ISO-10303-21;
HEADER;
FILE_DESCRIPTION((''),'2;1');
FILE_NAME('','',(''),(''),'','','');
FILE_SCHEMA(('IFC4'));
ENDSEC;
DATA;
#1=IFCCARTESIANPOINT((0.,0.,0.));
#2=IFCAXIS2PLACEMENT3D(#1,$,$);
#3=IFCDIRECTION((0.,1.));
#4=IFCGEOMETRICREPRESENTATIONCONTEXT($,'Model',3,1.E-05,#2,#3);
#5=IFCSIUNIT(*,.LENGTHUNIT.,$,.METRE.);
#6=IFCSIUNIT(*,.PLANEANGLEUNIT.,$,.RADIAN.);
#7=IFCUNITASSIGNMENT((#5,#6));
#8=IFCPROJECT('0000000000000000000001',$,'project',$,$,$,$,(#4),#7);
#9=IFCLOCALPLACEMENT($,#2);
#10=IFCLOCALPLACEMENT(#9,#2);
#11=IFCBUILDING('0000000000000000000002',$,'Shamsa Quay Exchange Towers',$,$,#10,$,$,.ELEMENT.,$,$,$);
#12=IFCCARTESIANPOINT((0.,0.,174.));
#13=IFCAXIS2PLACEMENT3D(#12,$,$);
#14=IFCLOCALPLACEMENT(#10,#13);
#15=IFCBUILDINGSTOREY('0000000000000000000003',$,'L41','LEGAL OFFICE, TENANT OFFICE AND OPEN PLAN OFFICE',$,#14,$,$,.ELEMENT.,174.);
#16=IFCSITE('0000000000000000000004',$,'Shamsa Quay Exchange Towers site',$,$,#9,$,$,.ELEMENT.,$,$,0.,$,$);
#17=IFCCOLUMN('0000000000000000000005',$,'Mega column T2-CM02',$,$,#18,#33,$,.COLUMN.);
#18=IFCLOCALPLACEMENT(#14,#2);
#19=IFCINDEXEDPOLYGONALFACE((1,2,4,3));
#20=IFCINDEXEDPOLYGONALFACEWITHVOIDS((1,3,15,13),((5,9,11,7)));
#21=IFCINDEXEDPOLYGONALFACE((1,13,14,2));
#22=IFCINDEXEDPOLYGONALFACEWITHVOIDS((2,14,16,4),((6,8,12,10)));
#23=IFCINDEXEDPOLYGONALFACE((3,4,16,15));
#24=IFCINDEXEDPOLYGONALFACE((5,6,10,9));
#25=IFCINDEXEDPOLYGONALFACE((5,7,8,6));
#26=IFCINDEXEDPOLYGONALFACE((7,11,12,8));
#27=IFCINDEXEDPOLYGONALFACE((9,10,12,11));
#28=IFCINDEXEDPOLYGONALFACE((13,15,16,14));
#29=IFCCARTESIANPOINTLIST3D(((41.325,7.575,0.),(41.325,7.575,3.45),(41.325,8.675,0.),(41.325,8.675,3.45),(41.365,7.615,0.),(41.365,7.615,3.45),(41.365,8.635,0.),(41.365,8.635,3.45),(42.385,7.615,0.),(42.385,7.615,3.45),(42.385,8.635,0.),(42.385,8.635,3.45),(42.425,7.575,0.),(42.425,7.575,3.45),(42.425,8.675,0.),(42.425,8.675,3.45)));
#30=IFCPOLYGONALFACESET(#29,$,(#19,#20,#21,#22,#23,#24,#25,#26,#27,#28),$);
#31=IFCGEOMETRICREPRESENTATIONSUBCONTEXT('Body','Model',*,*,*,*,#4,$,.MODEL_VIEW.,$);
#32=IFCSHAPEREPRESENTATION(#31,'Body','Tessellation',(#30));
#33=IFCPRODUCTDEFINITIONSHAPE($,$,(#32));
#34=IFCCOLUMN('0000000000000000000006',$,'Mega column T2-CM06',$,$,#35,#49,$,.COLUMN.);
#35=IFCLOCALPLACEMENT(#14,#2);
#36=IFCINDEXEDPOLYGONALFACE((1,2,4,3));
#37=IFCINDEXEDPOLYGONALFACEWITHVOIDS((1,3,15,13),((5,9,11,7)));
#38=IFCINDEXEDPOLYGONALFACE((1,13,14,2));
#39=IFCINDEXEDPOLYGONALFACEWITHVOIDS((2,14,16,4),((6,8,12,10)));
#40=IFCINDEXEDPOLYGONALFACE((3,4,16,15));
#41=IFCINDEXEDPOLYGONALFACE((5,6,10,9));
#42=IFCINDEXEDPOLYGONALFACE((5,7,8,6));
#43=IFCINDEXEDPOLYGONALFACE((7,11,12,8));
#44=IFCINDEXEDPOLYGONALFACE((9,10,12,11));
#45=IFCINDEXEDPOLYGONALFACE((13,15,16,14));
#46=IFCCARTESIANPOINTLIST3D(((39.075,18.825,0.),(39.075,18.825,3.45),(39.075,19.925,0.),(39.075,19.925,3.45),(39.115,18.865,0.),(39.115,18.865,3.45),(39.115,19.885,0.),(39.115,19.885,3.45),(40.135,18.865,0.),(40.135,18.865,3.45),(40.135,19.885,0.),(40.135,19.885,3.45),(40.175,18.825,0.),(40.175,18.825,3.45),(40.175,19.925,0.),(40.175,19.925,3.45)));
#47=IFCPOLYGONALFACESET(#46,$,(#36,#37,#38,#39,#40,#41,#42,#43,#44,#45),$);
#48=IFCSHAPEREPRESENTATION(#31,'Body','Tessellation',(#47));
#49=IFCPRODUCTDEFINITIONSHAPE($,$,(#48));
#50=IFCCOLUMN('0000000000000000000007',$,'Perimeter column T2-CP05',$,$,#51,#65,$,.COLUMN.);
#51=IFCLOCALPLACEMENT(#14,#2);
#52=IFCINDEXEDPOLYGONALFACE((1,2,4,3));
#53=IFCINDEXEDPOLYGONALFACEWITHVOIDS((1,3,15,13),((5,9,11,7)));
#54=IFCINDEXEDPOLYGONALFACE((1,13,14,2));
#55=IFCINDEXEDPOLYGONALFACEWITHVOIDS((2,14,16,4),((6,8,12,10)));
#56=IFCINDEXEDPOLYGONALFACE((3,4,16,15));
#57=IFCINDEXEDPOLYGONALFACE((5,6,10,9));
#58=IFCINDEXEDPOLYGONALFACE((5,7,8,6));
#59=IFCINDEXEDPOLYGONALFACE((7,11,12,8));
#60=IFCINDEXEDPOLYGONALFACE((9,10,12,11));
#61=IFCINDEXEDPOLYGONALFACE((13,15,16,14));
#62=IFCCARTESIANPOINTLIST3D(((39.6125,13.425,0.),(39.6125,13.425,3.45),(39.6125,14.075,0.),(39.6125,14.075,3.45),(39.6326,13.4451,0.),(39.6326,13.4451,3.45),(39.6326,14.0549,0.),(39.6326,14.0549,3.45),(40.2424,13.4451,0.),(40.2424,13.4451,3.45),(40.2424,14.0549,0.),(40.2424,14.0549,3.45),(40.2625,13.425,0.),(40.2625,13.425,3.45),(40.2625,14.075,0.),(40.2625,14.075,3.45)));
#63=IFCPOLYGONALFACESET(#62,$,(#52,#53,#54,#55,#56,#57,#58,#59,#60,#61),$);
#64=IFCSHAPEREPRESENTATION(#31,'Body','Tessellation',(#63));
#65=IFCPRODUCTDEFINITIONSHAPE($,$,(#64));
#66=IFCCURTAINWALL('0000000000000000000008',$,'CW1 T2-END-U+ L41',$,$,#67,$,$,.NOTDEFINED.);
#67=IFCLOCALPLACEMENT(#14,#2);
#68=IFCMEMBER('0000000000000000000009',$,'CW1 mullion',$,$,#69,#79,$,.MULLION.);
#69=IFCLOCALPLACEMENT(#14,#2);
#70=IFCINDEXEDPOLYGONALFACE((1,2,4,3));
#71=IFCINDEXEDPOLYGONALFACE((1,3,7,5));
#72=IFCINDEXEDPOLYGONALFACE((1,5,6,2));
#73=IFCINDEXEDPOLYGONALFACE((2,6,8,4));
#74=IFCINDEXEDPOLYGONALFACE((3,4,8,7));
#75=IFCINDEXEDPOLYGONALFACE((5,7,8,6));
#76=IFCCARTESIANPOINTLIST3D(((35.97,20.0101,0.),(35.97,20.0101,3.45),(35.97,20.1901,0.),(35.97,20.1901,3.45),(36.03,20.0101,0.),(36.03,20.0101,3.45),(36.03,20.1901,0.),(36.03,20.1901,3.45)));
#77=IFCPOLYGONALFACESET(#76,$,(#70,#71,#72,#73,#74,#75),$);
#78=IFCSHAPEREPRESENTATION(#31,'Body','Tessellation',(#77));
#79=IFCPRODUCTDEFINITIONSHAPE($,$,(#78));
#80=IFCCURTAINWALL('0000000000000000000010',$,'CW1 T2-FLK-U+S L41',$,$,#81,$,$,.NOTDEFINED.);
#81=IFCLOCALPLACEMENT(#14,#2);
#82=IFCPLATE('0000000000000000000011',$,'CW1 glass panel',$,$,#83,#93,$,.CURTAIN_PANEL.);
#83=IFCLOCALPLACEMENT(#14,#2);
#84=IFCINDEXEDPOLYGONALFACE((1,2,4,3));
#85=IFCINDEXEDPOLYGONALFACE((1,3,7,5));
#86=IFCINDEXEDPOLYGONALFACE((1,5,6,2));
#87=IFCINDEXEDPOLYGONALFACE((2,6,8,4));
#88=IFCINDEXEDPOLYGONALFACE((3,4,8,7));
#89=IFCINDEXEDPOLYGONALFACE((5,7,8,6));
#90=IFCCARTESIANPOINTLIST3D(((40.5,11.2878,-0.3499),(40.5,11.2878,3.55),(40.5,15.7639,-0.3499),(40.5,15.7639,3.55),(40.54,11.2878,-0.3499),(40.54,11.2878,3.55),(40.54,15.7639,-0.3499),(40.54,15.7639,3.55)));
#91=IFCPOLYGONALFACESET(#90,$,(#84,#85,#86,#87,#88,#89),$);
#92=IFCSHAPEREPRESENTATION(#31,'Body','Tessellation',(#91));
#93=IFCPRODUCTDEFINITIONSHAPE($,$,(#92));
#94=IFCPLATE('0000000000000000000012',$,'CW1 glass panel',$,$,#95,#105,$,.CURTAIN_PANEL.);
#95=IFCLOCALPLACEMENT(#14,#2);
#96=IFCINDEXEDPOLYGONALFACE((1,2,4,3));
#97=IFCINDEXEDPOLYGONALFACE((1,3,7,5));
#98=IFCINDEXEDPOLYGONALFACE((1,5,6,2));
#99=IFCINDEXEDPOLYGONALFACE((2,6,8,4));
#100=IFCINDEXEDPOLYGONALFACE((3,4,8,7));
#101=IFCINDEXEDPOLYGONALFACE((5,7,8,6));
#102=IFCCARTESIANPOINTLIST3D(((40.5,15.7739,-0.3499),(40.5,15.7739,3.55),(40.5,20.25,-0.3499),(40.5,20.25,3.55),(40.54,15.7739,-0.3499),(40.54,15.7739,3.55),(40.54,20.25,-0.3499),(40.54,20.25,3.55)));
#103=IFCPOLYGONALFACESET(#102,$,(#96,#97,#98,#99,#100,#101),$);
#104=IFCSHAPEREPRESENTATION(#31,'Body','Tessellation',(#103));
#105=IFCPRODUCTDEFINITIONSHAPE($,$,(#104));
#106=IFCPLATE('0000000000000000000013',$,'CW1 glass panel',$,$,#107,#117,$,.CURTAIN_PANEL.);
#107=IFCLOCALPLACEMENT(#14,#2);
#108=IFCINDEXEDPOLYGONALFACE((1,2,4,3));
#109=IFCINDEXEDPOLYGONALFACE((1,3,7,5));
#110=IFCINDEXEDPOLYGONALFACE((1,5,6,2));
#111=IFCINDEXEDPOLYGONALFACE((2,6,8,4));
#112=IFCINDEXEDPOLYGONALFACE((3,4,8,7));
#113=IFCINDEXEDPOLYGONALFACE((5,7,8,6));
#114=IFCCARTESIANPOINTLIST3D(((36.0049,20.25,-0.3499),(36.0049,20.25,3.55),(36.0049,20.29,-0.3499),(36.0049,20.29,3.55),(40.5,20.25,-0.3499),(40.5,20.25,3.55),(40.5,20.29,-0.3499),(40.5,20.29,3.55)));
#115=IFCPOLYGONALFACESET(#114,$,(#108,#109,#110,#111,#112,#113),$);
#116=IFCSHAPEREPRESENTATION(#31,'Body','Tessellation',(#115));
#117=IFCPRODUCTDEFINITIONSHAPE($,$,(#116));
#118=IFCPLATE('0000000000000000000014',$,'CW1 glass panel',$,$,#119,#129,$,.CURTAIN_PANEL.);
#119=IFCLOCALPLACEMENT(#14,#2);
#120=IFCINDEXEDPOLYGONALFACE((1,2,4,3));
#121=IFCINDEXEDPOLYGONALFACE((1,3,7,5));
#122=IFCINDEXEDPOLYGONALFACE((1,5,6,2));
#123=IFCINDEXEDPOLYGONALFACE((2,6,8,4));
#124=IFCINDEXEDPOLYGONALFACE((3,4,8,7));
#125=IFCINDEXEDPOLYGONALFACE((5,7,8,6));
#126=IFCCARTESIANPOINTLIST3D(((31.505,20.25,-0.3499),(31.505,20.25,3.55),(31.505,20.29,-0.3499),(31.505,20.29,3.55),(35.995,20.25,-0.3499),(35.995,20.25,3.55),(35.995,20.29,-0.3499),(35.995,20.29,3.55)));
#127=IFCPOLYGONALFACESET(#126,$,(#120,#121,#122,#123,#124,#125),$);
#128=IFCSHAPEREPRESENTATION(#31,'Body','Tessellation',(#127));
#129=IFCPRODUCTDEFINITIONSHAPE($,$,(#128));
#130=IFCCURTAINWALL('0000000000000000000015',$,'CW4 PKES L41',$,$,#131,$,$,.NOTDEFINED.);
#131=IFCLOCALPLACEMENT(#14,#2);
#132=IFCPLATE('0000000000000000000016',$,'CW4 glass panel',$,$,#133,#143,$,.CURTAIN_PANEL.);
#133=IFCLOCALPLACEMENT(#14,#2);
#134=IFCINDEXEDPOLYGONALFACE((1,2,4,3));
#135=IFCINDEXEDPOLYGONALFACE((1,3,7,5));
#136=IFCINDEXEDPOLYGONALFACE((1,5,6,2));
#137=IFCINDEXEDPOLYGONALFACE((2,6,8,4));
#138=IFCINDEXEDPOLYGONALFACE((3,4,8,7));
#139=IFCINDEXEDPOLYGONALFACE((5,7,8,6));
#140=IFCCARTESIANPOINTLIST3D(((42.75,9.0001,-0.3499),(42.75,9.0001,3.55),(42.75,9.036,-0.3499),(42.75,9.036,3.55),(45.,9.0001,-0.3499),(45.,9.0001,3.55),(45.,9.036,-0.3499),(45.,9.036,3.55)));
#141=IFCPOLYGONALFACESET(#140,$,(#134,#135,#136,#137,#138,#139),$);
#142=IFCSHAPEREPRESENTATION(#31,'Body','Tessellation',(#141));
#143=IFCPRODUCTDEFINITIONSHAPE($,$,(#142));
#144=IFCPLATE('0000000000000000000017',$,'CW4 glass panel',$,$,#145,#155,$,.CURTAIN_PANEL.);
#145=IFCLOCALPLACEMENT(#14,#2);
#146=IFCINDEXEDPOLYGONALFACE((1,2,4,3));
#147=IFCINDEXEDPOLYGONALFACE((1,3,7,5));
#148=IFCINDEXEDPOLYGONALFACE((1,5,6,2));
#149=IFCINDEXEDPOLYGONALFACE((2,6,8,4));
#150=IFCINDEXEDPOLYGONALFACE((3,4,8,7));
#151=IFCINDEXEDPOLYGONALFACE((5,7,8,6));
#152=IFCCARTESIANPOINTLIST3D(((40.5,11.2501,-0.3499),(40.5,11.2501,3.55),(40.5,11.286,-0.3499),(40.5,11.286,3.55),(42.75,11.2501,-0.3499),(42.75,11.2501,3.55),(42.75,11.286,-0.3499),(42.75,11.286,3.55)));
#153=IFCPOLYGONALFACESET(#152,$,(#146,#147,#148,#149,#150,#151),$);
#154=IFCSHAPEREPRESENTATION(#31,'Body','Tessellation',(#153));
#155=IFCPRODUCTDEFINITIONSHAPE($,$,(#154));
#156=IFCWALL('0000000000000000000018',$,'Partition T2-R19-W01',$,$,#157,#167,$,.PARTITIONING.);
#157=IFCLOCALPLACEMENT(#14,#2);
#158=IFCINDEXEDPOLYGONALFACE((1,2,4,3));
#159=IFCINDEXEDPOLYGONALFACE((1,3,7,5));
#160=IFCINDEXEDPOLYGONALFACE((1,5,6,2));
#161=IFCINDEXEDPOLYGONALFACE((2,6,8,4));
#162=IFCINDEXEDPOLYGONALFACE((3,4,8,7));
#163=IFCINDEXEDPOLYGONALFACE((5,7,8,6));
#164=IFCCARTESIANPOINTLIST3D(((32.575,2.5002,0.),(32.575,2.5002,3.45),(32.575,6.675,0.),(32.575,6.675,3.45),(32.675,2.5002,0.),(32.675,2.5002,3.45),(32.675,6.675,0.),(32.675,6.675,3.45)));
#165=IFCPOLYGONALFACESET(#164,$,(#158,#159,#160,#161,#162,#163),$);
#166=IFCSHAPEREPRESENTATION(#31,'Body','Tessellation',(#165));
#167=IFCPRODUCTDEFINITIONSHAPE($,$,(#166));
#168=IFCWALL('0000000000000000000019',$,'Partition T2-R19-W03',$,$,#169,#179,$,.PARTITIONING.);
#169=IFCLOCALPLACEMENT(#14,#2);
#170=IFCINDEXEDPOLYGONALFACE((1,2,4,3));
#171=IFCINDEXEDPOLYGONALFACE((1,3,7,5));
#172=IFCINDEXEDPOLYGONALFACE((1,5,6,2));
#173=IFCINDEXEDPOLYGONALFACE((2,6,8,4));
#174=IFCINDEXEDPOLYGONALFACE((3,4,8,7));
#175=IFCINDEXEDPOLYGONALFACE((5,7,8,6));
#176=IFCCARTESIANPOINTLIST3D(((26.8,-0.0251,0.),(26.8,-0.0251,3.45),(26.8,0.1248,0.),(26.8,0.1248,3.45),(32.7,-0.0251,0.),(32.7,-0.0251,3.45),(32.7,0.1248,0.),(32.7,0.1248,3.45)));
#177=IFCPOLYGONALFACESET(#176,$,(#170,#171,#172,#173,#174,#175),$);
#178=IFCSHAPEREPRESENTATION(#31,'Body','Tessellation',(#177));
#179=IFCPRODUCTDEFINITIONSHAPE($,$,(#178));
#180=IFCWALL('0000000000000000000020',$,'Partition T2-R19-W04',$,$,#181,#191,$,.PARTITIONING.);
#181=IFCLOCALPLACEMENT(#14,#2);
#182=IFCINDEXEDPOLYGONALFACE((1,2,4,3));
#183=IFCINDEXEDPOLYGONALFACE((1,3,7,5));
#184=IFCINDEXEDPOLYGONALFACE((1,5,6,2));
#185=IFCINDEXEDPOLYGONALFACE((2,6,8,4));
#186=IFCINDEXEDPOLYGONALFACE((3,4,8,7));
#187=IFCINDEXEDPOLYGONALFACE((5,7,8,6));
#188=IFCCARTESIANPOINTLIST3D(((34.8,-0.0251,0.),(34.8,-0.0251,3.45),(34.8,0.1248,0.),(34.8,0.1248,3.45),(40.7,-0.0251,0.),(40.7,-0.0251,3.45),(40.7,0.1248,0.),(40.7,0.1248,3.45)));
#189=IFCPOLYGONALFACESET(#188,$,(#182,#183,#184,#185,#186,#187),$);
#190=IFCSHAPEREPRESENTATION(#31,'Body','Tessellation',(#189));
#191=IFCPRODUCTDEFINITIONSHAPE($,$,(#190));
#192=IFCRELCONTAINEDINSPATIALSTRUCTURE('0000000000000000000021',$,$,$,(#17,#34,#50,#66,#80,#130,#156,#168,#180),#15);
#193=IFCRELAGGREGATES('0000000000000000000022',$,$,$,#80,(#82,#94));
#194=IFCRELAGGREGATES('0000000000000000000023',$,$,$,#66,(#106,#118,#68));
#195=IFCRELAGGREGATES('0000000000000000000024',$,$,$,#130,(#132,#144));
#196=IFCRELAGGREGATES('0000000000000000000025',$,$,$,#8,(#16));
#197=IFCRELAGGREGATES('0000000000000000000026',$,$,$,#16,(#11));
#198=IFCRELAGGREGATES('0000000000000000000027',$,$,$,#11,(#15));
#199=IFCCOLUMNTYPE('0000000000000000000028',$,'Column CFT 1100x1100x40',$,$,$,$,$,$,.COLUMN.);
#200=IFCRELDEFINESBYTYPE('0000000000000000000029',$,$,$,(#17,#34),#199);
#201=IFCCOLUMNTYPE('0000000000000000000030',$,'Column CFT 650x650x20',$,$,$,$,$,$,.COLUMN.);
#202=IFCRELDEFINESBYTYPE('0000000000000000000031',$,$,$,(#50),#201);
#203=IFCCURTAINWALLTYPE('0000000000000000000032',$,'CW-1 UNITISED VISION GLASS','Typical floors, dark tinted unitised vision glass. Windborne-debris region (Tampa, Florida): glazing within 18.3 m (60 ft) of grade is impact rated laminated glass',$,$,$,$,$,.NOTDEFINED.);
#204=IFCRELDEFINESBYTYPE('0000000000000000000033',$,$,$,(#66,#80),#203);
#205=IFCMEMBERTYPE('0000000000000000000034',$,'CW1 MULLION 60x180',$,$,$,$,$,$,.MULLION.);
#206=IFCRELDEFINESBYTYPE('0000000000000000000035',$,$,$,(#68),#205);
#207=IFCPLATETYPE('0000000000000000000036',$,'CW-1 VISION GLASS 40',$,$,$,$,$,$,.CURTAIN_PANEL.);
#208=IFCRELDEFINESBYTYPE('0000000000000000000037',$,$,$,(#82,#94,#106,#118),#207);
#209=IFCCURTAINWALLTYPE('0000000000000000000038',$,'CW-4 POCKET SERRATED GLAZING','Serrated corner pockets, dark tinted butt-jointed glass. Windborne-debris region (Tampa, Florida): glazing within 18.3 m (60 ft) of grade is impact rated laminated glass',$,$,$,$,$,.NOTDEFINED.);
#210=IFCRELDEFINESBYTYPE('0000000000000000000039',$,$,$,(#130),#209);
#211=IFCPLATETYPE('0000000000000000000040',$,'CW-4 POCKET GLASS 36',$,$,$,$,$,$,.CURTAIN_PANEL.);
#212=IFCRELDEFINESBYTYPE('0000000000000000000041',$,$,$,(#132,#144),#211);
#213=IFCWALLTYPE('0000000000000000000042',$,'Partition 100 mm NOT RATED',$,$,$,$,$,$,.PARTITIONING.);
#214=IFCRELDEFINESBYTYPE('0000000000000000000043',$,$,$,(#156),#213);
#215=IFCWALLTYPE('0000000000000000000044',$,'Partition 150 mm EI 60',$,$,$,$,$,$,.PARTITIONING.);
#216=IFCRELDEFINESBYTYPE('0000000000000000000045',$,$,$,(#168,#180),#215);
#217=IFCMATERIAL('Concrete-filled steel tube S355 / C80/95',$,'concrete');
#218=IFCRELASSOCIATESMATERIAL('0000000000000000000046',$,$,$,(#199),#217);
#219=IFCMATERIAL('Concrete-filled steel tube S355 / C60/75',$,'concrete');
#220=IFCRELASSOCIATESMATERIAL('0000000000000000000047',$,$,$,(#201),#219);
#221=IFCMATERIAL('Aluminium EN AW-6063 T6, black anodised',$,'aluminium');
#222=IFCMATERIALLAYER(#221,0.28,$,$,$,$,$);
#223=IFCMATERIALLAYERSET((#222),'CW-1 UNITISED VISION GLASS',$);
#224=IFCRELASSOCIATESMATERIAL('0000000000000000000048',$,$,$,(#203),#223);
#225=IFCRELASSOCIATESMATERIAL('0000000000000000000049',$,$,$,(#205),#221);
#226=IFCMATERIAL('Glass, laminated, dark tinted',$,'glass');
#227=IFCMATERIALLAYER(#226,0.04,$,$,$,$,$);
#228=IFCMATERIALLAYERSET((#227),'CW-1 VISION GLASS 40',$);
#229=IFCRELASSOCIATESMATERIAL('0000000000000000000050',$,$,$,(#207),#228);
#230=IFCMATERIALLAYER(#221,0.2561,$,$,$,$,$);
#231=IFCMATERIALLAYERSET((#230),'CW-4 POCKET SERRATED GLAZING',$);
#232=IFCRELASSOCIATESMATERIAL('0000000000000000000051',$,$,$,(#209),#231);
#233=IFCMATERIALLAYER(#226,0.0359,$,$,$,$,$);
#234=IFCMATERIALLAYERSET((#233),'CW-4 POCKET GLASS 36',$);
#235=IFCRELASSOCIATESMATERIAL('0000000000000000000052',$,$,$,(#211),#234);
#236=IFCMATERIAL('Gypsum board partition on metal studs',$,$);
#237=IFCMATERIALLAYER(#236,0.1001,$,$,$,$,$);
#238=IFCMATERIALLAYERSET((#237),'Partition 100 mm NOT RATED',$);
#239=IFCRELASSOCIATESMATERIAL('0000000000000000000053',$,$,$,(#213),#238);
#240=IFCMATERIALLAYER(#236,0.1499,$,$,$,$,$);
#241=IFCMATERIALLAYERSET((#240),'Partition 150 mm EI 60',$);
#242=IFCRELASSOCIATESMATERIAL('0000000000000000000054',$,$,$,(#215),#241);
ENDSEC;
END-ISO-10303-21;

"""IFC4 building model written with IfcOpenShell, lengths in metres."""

from ifc_helpers import new_model, si_unit, direction, frame, frame_2d, origin, origin_2d, place, context, subcontext, project, spatial, rectangle, hollow_rectangle, extrude, material, layer, layer_set, material_profile, profile_set, type_object, element, aggregate, save


model = new_model("IFC4")

# Units and contexts
model_context = context("Model", 3, precision=1e-05, world=origin(), true_north=direction((0.0, 1.0)))
body_context = subcontext(model_context, "Body", "Model", "MODEL_VIEW")
ifc_project = project(units=[si_unit("LENGTHUNIT", "METRE"), si_unit("PLANEANGLEUNIT", "RADIAN")], contexts=[model_context])

# Site, building, storey
site_placement = place(None, origin())
site = spatial("IfcSite", under=ifc_project, at=site_placement, Name="Shamsa Quay Exchange Towers site", CompositionType="ELEMENT", RefElevation=0.0)
building_placement = place(site_placement, origin())
building = spatial("IfcBuilding", under=site, at=building_placement, Name="Shamsa Quay Exchange Towers", CompositionType="ELEMENT")
storey_placement = place(building_placement, frame((0.0, 0.0, 174.0)))
storey = spatial("IfcBuildingStorey", under=building, at=storey_placement, Name="L41", Description="LEGAL OFFICE, TENANT OFFICE AND OPEN PLAN OFFICE", CompositionType="ELEMENT", Elevation=174.0)

# Columns
ifc_material_1 = material(Name="Concrete-filled steel tube S355 / C80/95", Category="concrete")
ifc_material_profile_1 = material_profile(ifc_material_1, hollow_rectangle(XDim=1.1001, YDim=1.1001, WallThickness=0.04, at=origin_2d()), Name="CFT 1100x1100x40")
ifc_profile_set_1 = profile_set([ifc_material_profile_1], Name="Concrete-filled steel tube S355 / C80/95")
column_type_1 = type_object("IfcColumnType", Name="Column CFT 1100x1100x40", PredefinedType="COLUMN", material=ifc_profile_set_1)
for number, where, name in (
    (1, (41.875, 8.125, 0.0), "Mega column T2-CM02"),
    (2, (39.625, 19.375, 0.0), "Mega column T2-CM06"),
):
    element("IfcColumn", number, at=place(storey_placement, frame(where)), inside=storey, type_object=column_type_1, Name=name, PredefinedType="COLUMN", context=body_context, shape_type="SweptSolid", body=[
        extrude(hollow_rectangle(XDim=1.1001, YDim=1.1001, WallThickness=0.04, at=origin_2d()), origin(), (0.0, 0.0, 1.0), 3.45),
    ])
ifc_material_2 = material(Name="Concrete-filled steel tube S355 / C60/75", Category="concrete")
ifc_material_profile_2 = material_profile(ifc_material_2, hollow_rectangle(XDim=0.6499, YDim=0.6499, WallThickness=0.02, at=origin_2d()), Name="CFT 650x650x20")
ifc_profile_set_2 = profile_set([ifc_material_profile_2], Name="Concrete-filled steel tube S355 / C60/75")
column_type_2 = type_object("IfcColumnType", Name="Column CFT 650x650x20", PredefinedType="COLUMN", material=ifc_profile_set_2)
column_placement = place(storey_placement, frame((39.9375, 13.75, 0.0)))
element("IfcColumn", 3, at=column_placement, inside=storey, type_object=column_type_2, Name="Perimeter column T2-CP05", PredefinedType="COLUMN", context=body_context, shape_type="SweptSolid", body=[
    extrude(hollow_rectangle(XDim=0.6499, YDim=0.6499, WallThickness=0.02, at=origin_2d()), origin(), (0.0, 0.0, 1.0), 3.45),
])

# Curtain wall, member
ifc_material_3 = material(Name="Aluminium EN AW-6063 T6, black anodised", Category="aluminium")
ifc_layer_1 = layer(ifc_material_3, 0.28)
ifc_layer_set_1 = layer_set([ifc_layer_1], Name="CW-1 UNITISED VISION GLASS")
curtain_wall_type_1 = type_object("IfcCurtainWallType", Name="CW-1 UNITISED VISION GLASS", Description="Typical floors, dark tinted unitised vision glass. Windborne-debris region (Tampa, Florida): glazing within 18.3 m (60 ft) of grade is impact rated laminated glass", PredefinedType="NOTDEFINED", material=ifc_layer_set_1)
curtain_wall_1_placement = place(storey_placement, origin())
curtain_wall_1 = element("IfcCurtainWall", 4, at=curtain_wall_1_placement, inside=storey, type_object=curtain_wall_type_1, Name="CW1 T2-END-U+ L41", PredefinedType="NOTDEFINED")
ifc_material_profile_3 = material_profile(ifc_material_3, rectangle(XDim=0.1799, YDim=0.0601, at=origin_2d()), Name="MU60x180")
ifc_profile_set_3 = profile_set([ifc_material_profile_3], Name="Aluminium EN AW-6063 T6, black anodised")
member_type = type_object("IfcMemberType", Name="CW1 MULLION 60x180", PredefinedType="MULLION", material=ifc_profile_set_3)
member_placement = place(storey_placement, frame((36.0, 20.1001, 0.0), z_axis=(0.0, 0.0, 1.0), x_axis=(0.0, -1.0, 0.0)))
member = element("IfcMember", 5, at=member_placement, type_object=member_type, Name="CW1 mullion", PredefinedType="MULLION", context=body_context, shape_type="SweptSolid", body=[
    extrude(rectangle(XDim=0.1799, YDim=0.0601, at=origin_2d()), origin(), (0.0, 0.0, 1.0), 3.45),
])

# Curtain wall, plates
curtain_wall_2_placement = place(storey_placement, origin())
curtain_wall_2 = element("IfcCurtainWall", 6, at=curtain_wall_2_placement, inside=storey, type_object=curtain_wall_type_1, Name="CW1 T2-FLK-U+S L41", PredefinedType="NOTDEFINED")
ifc_material_4 = material(Name="Glass, laminated, dark tinted", Category="glass")
ifc_layer_2 = layer(ifc_material_4, 0.04)
ifc_layer_set_2 = layer_set([ifc_layer_2], Name="CW-1 VISION GLASS 40")
plate_type_1 = type_object("IfcPlateType", Name="CW-1 VISION GLASS 40", PredefinedType="CURTAIN_PANEL", material=ifc_layer_set_2)
plate_1_placement = place(storey_placement, frame((40.52, 13.5259, -0.3499), z_axis=(0.0, 0.0, 1.0), x_axis=(0.0, 1.0, 0.0)))
plate_1 = element("IfcPlate", 7, at=plate_1_placement, type_object=plate_type_1, Name="CW1 glass panel", PredefinedType="CURTAIN_PANEL", context=body_context, shape_type="SweptSolid", body=[
    extrude(rectangle(XDim=4.4761, YDim=0.04, at=origin_2d()), origin(), (0.0, 0.0, 1.0), 3.8999),
])
plate_2_placement = place(storey_placement, frame((40.52, 18.012, -0.3499), z_axis=(0.0, 0.0, 1.0), x_axis=(0.0, 1.0, 0.0)))
plate_2 = element("IfcPlate", 8, at=plate_2_placement, type_object=plate_type_1, Name="CW1 glass panel", PredefinedType="CURTAIN_PANEL", context=body_context, shape_type="SweptSolid", body=[
    extrude(rectangle(XDim=4.4761, YDim=0.04, at=origin_2d()), origin(), (0.0, 0.0, 1.0), 3.8999),
])
aggregate(curtain_wall_2, [plate_1, plate_2])

# Plates
plate_3_placement = place(storey_placement, frame((38.2524, 20.27, -0.3499), z_axis=(0.0, 0.0, 1.0), x_axis=(-1.0, 0.0, 0.0)))
plate_3 = element("IfcPlate", 9, at=plate_3_placement, type_object=plate_type_1, Name="CW1 glass panel", PredefinedType="CURTAIN_PANEL", context=body_context, shape_type="SweptSolid", body=[
    extrude(rectangle(XDim=4.4951, YDim=0.04, at=origin_2d()), origin(), (0.0, 0.0, 1.0), 3.8999),
])
plate_4_placement = place(storey_placement, frame((33.75, 20.27, -0.3499), z_axis=(0.0, 0.0, 1.0), x_axis=(-1.0, 0.0, 0.0)))
plate_4 = element("IfcPlate", 10, at=plate_4_placement, type_object=plate_type_1, Name="CW1 glass panel", PredefinedType="CURTAIN_PANEL", context=body_context, shape_type="SweptSolid", body=[
    extrude(rectangle(XDim=4.49, YDim=0.04, at=origin_2d()), origin(), (0.0, 0.0, 1.0), 3.8999),
])
aggregate(curtain_wall_1, [plate_3, plate_4, member])

# Curtain wall, plates
ifc_layer_3 = layer(ifc_material_3, 0.2561)
ifc_layer_set_3 = layer_set([ifc_layer_3], Name="CW-4 POCKET SERRATED GLAZING")
curtain_wall_type_2 = type_object("IfcCurtainWallType", Name="CW-4 POCKET SERRATED GLAZING", Description="Serrated corner pockets, dark tinted butt-jointed glass. Windborne-debris region (Tampa, Florida): glazing within 18.3 m (60 ft) of grade is impact rated laminated glass", PredefinedType="NOTDEFINED", material=ifc_layer_set_3)
curtain_wall_3_placement = place(storey_placement, origin())
curtain_wall_3 = element("IfcCurtainWall", 11, at=curtain_wall_3_placement, inside=storey, type_object=curtain_wall_type_2, Name="CW4 PKES L41", PredefinedType="NOTDEFINED")
ifc_layer_4 = layer(ifc_material_4, 0.0359)
ifc_layer_set_4 = layer_set([ifc_layer_4], Name="CW-4 POCKET GLASS 36")
plate_type_2 = type_object("IfcPlateType", Name="CW-4 POCKET GLASS 36", PredefinedType="CURTAIN_PANEL", material=ifc_layer_set_4)
plate_5_placement = place(storey_placement, frame((43.875, 9.0181, -0.3499), z_axis=(0.0, 0.0, 1.0), x_axis=(-1.0, 0.0, 0.0)))
plate_5 = element("IfcPlate", 12, at=plate_5_placement, type_object=plate_type_2, Name="CW4 glass panel", PredefinedType="CURTAIN_PANEL", context=body_context, shape_type="SweptSolid", body=[
    extrude(rectangle(XDim=2.25, YDim=0.0359, at=origin_2d()), origin(), (0.0, 0.0, 1.0), 3.8999),
])
plate_6_placement = place(storey_placement, frame((41.625, 11.2681, -0.3499), z_axis=(0.0, 0.0, 1.0), x_axis=(-1.0, 0.0, 0.0)))
plate_6 = element("IfcPlate", 13, at=plate_6_placement, type_object=plate_type_2, Name="CW4 glass panel", PredefinedType="CURTAIN_PANEL", context=body_context, shape_type="SweptSolid", body=[
    extrude(rectangle(XDim=2.25, YDim=0.0359, at=origin_2d()), origin(), (0.0, 0.0, 1.0), 3.8999),
])
aggregate(curtain_wall_3, [plate_5, plate_6])

# Walls
ifc_material_5 = material(Name="Gypsum board partition on metal studs")
ifc_layer_5 = layer(ifc_material_5, 0.1001)
ifc_layer_set_5 = layer_set([ifc_layer_5], Name="Partition 100 mm NOT RATED")
wall_type_1 = type_object("IfcWallType", Name="Partition 100 mm NOT RATED", PredefinedType="PARTITIONING", material=ifc_layer_set_5)
wall_1_placement = place(storey_placement, frame((32.625, 2.5002, 0.0), z_axis=(0.0, 0.0, 1.0), x_axis=(0.0, 1.0, 0.0)))
element("IfcWall", 14, at=wall_1_placement, inside=storey, type_object=wall_type_1, Name="Partition T2-R19-W01", PredefinedType="PARTITIONING", context=body_context, shape_type="SweptSolid", body=[
    extrude(rectangle(XDim=4.1748, YDim=0.1001, at=frame_2d((2.0874, 0.0))), origin(), (0.0, 0.0, 1.0), 3.45),
])
ifc_layer_6 = layer(ifc_material_5, 0.1499)
ifc_layer_set_6 = layer_set([ifc_layer_6], Name="Partition 150 mm EI 60")
wall_type_2 = type_object("IfcWallType", Name="Partition 150 mm EI 60", PredefinedType="PARTITIONING", material=ifc_layer_set_6)
for number, where, z_axis, x_axis, name in (
    (15, (32.7, 0.0498, 0.0), (0.0, 0.0, 1.0), (-1.0, 0.0, 0.0), "Partition T2-R19-W03"),
    (16, (40.7, 0.0498, 0.0), (0.0, 0.0, 1.0), (-1.0, 0.0, 0.0), "Partition T2-R19-W04"),
):
    element("IfcWall", number, at=place(storey_placement, frame(where, z_axis=z_axis, x_axis=x_axis)), inside=storey, type_object=wall_type_2, Name=name, PredefinedType="PARTITIONING", context=body_context, shape_type="SweptSolid", body=[
        extrude(rectangle(XDim=5.8999, YDim=0.1499, at=frame_2d((2.95, 0.0))), origin(), (0.0, 0.0, 1.0), 3.45),
    ])

save(model, "model.ifc")
